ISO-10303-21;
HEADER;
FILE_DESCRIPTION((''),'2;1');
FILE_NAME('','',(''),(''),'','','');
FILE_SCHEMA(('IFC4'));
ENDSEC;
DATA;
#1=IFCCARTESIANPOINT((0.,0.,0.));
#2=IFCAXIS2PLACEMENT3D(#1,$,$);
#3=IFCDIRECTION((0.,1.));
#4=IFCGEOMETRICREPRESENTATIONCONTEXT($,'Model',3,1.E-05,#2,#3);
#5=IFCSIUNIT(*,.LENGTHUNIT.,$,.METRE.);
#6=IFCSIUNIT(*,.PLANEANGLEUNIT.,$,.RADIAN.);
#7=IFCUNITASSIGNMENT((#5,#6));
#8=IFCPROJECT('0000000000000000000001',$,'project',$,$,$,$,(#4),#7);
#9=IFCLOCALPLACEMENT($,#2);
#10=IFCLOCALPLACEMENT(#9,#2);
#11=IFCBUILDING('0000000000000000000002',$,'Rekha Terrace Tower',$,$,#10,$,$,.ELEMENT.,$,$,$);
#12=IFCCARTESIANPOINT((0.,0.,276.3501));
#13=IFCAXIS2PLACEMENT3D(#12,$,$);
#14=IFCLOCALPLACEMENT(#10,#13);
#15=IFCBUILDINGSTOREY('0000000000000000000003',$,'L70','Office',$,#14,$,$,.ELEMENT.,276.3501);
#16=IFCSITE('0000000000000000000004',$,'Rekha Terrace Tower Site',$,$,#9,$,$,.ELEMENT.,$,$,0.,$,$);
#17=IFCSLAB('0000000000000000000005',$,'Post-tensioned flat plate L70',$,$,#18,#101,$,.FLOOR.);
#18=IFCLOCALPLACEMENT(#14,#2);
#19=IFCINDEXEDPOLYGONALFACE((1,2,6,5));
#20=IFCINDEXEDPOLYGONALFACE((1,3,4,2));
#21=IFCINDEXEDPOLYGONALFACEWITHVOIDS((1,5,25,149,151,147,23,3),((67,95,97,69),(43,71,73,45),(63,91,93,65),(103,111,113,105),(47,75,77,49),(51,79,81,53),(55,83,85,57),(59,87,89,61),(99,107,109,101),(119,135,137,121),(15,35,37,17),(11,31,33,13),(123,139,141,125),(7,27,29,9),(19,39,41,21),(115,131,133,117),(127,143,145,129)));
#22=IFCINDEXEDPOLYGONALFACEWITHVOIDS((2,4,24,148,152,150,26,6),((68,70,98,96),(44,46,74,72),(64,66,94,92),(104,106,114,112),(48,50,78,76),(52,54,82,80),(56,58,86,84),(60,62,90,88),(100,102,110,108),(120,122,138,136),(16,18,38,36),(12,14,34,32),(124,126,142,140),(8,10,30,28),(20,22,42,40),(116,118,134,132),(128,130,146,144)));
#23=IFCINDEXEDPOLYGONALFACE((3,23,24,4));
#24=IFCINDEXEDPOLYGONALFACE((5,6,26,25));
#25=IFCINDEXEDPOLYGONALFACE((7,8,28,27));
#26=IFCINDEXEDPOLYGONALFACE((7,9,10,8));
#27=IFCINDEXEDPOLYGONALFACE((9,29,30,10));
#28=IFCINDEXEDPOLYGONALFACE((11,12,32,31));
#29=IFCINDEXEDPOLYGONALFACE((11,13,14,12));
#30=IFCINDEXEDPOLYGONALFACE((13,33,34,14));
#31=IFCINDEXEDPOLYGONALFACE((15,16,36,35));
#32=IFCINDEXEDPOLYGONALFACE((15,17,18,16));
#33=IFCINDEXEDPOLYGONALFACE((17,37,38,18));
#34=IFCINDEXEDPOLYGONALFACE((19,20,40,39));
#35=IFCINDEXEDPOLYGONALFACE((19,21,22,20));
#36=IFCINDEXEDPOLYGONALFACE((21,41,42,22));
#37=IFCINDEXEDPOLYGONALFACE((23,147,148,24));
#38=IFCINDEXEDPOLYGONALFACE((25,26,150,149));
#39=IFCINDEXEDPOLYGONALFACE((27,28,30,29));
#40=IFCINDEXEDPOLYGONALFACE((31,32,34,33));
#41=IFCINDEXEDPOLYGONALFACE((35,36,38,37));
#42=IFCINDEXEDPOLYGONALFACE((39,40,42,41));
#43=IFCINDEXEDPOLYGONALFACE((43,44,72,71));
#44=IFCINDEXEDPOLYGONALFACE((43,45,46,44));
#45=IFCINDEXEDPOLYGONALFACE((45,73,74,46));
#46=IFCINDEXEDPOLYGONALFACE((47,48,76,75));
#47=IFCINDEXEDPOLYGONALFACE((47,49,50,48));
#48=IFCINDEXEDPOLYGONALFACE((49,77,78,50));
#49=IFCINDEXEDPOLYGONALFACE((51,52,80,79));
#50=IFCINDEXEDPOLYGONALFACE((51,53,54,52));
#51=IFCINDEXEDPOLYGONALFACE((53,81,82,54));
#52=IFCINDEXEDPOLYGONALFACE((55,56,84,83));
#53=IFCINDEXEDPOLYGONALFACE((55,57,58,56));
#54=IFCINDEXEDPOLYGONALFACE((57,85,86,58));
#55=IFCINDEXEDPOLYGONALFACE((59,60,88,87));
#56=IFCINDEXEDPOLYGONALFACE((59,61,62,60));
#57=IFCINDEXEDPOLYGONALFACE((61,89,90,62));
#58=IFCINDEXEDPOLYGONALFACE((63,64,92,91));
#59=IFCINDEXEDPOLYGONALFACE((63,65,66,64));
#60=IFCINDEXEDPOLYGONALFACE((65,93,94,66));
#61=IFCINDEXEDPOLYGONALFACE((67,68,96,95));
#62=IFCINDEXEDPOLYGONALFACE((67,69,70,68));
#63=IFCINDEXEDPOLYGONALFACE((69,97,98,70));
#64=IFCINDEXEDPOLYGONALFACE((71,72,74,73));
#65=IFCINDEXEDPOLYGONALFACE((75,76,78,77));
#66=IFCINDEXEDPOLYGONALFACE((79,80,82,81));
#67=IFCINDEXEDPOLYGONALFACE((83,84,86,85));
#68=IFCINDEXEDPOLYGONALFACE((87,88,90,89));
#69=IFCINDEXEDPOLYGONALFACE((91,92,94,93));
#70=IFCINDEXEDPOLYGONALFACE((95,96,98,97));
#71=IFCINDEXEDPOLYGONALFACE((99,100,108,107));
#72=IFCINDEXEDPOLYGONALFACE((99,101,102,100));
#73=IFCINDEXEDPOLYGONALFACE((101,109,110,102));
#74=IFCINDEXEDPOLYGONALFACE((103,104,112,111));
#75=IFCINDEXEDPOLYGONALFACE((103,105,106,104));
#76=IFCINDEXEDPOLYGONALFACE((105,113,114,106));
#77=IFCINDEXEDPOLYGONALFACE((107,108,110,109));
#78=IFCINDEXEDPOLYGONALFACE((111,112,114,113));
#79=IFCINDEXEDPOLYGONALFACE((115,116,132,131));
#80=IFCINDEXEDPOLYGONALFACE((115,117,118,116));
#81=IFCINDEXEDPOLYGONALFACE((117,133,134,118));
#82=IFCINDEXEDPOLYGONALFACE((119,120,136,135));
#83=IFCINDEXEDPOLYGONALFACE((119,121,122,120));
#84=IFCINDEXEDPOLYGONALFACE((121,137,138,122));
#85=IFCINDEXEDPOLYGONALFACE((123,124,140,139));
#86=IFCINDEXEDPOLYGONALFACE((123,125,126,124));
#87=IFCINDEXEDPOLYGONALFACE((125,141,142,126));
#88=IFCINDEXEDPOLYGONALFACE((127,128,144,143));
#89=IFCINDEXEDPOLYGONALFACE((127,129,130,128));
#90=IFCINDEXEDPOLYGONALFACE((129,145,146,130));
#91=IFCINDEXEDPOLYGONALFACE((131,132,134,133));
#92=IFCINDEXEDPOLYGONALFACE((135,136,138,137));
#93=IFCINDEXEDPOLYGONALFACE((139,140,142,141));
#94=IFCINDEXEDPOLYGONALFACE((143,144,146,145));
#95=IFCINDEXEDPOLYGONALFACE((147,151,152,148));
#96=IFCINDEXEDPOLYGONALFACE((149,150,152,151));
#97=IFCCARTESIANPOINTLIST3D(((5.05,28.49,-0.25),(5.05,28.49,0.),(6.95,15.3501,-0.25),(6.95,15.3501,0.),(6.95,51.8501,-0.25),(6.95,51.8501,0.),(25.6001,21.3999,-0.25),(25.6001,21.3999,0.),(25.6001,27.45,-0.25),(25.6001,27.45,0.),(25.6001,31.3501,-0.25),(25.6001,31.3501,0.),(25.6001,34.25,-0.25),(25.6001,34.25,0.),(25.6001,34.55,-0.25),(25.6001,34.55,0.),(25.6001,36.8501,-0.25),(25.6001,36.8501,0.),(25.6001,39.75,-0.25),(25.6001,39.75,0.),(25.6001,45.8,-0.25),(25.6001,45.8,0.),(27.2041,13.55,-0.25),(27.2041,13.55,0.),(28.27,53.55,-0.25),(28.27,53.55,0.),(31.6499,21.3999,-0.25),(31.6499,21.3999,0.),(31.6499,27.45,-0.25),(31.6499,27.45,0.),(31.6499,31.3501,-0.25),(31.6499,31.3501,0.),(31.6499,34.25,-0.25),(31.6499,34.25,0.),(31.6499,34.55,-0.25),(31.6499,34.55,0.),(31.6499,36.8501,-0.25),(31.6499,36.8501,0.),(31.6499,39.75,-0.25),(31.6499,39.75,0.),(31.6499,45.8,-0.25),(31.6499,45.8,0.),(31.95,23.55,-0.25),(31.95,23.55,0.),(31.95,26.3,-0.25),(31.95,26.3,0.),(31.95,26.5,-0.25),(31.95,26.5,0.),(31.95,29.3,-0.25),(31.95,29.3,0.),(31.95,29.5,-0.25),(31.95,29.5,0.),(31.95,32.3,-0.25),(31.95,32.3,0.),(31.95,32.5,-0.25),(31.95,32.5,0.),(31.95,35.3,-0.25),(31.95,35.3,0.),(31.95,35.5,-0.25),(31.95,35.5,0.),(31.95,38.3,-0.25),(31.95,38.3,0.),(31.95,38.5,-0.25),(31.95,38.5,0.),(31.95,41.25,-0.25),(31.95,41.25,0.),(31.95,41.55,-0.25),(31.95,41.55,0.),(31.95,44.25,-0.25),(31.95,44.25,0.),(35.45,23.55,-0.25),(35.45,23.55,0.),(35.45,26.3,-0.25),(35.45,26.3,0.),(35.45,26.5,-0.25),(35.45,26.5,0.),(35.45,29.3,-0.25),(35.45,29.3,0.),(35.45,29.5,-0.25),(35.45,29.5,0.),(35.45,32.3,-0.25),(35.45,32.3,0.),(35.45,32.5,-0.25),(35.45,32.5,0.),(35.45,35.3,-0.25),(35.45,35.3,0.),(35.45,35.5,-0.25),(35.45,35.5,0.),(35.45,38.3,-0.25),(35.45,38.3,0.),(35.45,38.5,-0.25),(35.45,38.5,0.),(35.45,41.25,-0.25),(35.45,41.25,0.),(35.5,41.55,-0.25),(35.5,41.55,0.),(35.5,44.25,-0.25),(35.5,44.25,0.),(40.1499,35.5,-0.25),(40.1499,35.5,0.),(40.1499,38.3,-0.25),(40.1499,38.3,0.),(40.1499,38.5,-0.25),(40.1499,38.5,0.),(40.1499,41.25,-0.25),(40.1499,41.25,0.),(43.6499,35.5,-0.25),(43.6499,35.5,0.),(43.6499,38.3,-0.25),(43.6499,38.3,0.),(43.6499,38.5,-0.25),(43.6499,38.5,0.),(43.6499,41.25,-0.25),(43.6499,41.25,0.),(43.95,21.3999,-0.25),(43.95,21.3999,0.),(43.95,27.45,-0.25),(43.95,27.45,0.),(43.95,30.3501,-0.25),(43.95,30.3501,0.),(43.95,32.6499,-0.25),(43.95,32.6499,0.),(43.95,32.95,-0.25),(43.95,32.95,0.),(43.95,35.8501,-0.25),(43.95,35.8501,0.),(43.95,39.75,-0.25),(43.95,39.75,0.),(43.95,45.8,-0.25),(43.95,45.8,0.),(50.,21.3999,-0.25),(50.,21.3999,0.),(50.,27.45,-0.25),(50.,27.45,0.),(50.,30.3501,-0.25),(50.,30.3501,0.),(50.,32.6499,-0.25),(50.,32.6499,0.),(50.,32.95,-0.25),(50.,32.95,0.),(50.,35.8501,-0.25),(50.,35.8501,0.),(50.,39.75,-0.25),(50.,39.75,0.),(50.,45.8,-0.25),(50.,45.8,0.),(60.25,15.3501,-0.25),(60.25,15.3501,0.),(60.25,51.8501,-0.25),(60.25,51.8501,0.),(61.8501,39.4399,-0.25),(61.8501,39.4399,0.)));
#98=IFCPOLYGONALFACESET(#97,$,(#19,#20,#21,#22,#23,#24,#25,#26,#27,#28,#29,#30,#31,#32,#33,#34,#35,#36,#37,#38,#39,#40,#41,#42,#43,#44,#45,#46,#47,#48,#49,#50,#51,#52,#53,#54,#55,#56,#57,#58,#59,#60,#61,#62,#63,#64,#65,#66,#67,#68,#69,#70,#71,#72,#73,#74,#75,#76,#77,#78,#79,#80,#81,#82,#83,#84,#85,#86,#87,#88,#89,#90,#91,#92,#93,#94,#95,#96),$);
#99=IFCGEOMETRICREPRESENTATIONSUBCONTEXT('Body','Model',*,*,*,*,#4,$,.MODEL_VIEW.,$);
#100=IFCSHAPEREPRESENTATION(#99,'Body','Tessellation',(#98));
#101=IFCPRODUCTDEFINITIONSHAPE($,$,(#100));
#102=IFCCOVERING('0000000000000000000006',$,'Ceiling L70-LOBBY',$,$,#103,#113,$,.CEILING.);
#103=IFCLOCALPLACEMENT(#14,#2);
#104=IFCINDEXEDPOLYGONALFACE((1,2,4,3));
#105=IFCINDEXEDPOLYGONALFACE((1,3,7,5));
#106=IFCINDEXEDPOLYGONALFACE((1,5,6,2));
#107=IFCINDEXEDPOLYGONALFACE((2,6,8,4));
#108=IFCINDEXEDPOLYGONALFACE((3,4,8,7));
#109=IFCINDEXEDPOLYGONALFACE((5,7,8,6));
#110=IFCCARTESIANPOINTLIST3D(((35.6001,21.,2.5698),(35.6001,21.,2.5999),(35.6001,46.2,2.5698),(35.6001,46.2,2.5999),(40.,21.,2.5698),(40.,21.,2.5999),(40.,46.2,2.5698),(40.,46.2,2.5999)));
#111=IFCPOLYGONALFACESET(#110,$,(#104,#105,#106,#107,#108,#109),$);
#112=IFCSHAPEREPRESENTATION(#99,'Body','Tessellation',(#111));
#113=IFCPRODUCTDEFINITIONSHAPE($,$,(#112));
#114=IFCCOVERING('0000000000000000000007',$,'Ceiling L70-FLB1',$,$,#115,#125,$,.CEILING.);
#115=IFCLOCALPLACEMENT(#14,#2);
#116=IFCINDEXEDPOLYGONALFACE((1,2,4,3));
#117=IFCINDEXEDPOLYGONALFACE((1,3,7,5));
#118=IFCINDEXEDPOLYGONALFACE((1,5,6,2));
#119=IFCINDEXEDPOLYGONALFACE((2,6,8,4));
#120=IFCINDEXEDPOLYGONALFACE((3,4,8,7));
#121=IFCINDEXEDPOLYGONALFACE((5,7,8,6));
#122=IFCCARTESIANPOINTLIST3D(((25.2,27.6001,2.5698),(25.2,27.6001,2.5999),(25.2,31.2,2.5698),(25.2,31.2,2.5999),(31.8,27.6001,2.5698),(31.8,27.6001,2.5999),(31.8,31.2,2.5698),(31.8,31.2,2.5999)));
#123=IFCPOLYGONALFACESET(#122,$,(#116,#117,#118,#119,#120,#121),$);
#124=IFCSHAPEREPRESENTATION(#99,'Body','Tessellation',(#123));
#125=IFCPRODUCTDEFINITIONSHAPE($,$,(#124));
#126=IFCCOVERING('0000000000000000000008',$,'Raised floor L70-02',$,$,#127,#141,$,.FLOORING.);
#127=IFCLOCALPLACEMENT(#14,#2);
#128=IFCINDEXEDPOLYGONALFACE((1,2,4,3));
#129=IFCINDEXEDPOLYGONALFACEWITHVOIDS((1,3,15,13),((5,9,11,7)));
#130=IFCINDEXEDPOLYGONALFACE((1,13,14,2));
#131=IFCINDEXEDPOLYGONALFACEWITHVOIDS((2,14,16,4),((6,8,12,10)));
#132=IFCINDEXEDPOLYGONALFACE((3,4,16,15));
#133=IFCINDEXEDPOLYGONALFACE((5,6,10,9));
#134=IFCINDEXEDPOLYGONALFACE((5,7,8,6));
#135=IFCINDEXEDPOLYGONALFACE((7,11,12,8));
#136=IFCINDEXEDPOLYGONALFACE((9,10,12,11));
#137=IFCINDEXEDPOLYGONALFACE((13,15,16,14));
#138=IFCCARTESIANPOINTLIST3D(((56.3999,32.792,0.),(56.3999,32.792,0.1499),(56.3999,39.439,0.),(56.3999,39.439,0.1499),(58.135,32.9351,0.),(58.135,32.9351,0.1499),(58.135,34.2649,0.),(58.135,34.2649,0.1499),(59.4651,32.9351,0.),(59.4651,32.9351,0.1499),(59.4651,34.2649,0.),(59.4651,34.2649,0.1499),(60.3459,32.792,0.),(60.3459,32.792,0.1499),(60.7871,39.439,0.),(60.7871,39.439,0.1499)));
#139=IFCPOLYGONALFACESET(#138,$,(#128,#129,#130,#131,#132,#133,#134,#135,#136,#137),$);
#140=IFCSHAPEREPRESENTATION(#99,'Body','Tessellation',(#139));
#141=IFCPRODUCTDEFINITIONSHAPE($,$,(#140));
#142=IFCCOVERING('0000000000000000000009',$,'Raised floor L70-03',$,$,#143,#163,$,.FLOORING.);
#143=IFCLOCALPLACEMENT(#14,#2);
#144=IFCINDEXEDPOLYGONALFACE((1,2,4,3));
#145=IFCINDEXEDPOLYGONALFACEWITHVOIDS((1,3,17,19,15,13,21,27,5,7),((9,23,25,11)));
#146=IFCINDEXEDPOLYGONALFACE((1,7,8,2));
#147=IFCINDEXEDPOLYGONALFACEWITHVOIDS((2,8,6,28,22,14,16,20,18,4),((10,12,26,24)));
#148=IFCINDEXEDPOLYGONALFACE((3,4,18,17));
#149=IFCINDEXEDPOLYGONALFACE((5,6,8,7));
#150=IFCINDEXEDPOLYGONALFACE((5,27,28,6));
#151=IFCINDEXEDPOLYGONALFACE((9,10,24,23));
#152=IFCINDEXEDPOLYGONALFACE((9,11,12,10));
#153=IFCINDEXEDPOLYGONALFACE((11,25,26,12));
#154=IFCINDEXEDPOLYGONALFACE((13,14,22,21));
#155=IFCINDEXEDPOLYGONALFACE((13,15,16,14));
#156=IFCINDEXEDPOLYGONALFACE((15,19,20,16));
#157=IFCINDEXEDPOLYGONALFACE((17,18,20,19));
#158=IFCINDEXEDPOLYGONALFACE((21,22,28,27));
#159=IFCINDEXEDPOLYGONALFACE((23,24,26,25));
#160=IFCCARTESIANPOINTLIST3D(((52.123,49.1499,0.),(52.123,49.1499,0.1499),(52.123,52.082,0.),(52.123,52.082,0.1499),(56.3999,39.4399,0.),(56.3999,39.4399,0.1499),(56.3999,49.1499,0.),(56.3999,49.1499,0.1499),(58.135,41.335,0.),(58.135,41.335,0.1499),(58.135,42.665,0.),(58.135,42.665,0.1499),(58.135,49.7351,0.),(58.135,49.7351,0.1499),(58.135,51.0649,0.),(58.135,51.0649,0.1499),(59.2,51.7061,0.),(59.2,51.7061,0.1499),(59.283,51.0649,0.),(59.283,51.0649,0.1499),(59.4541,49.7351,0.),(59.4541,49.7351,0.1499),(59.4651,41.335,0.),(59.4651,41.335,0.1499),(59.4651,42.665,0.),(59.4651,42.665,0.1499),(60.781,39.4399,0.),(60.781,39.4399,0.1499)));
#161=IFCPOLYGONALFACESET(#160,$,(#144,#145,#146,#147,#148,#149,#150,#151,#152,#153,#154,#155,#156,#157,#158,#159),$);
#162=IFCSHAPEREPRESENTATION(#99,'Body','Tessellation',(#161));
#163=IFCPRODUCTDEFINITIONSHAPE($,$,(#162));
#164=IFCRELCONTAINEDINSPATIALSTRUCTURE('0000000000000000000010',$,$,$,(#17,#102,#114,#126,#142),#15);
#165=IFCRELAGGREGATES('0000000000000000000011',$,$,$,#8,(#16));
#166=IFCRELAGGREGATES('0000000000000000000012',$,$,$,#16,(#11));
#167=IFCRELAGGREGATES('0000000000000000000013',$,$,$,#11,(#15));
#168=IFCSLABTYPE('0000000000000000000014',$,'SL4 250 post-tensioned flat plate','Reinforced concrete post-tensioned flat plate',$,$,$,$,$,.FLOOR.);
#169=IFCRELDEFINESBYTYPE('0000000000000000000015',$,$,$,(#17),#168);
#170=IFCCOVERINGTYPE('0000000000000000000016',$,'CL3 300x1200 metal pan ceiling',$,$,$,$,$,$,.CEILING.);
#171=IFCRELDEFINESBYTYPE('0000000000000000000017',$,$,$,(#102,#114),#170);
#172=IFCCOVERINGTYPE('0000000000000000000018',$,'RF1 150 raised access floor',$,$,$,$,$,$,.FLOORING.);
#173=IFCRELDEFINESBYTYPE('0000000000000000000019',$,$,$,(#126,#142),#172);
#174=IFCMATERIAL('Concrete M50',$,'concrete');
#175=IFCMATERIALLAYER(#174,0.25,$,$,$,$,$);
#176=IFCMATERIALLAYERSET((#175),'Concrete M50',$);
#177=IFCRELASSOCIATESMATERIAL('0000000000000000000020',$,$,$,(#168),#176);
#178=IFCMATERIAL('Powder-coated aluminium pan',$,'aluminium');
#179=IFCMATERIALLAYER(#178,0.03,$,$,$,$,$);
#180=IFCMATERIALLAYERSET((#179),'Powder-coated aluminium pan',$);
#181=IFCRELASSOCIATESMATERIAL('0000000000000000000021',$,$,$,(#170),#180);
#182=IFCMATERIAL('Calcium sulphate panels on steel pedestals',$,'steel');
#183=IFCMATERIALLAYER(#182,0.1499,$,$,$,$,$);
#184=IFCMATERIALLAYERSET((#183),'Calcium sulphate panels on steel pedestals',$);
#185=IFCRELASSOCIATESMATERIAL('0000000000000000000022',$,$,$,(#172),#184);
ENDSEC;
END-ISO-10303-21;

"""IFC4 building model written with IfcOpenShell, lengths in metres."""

from ifc_helpers import new_model, si_unit, direction, frame, origin, place, context, subcontext, project, spatial, polyline, outline, extrude, material, layer, layer_set, type_object, element, save


model = new_model("IFC4")

# Units and contexts
model_context = context("Model", 3, precision=1e-05, world=origin(), true_north=direction((0.0, 1.0)))
body_context = subcontext(model_context, "Body", "Model", "MODEL_VIEW")
ifc_project = project(units=[si_unit("LENGTHUNIT", "METRE"), si_unit("PLANEANGLEUNIT", "RADIAN")], contexts=[model_context])

# Site, building, storey
site_placement = place(None, origin())
site = spatial("IfcSite", under=ifc_project, at=site_placement, Name="Rekha Terrace Tower Site", CompositionType="ELEMENT", RefElevation=0.0)
building_placement = place(site_placement, origin())
building = spatial("IfcBuilding", under=site, at=building_placement, Name="Rekha Terrace Tower", CompositionType="ELEMENT")
storey_placement = place(building_placement, frame((0.0, 0.0, 276.3501)))
storey = spatial("IfcBuildingStorey", under=building, at=storey_placement, Name="L70", Description="Office", CompositionType="ELEMENT", Elevation=276.3501)

# Slab
ifc_material_1 = material(Name="Concrete M50", Category="concrete")
ifc_layer_1 = layer(ifc_material_1, 0.25)
ifc_layer_set_1 = layer_set([ifc_layer_1], Name="Concrete M50")
slab_type_1 = type_object("IfcSlabType", Name="SL4 250 post-tensioned flat plate", Description="Reinforced concrete post-tensioned flat plate", PredefinedType="FLOOR", material=ifc_layer_set_1)
slab_1_placement = place(storey_placement, frame((0.0, 0.0, -0.25)))
element("IfcSlab", 1, at=slab_1_placement, inside=storey, type_object=slab_type_1, Name="Post-tensioned flat plate L70", PredefinedType="FLOOR", context=body_context, shape_type="SweptSolid", body=[
    extrude(outline(polyline([(5.05, 28.49), (6.95, 15.3501), (27.2041, 13.55), (60.25, 15.3501), (61.8501, 39.4399), (60.25, 51.8501), (28.27, 53.55), (6.95, 51.8501), (5.05, 28.49)]), holes=[polyline([(31.6499, 27.45), (31.6499, 21.3999), (25.6001, 21.3999), (25.6001, 27.45), (31.6499, 27.45)]), polyline([(35.45, 26.3), (35.45, 23.55), (31.95, 23.55), (31.95, 26.3), (35.45, 26.3)]), polyline([(35.45, 29.3), (35.45, 26.5), (31.95, 26.5), (31.95, 29.3), (35.45, 29.3)]), polyline([(35.45, 32.3), (35.45, 29.5), (31.95, 29.5), (31.95, 32.3), (35.45, 32.3)]), polyline([(31.6499, 34.25), (31.6499, 31.3501), (25.6001, 31.3501), (25.6001, 34.25), (31.6499, 34.25)]), polyline([(35.45, 35.3), (35.45, 32.5), (31.95, 32.5), (31.95, 35.3), (35.45, 35.3)]), polyline([(31.6499, 36.8501), (31.6499, 34.55), (25.6001, 34.55), (25.6001, 36.8501), (31.6499, 36.8501)]), polyline([(35.45, 38.3), (35.45, 35.5), (31.95, 35.5), (31.95, 38.3), (35.45, 38.3)]), polyline([(31.6499, 45.8), (31.6499, 39.75), (25.6001, 39.75), (25.6001, 45.8), (31.6499, 45.8)]), polyline([(50.0, 27.45), (50.0, 21.3999), (43.95, 21.3999), (43.95, 27.45), (50.0, 27.45)]), polyline([(50.0, 32.6499), (50.0, 30.3501), (43.95, 30.3501), (43.95, 32.6499), (50.0, 32.6499)]), polyline([(50.0, 35.8501), (50.0, 32.95), (43.95, 32.95), (43.95, 35.8501), (50.0, 35.8501)]), polyline([(43.6499, 38.3), (43.6499, 35.5), (40.1499, 35.5), (40.1499, 38.3), (43.6499, 38.3)]), polyline([(35.45, 41.25), (35.45, 38.5), (31.95, 38.5), (31.95, 41.25), (35.45, 41.25)]), polyline([(43.6499, 41.25), (43.6499, 38.5), (40.1499, 38.5), (40.1499, 41.25), (43.6499, 41.25)]), polyline([(50.0, 39.75), (43.95, 39.75), (43.95, 45.8), (50.0, 45.8), (50.0, 39.75)]), polyline([(35.5, 41.55), (31.95, 41.55), (31.95, 44.25), (35.5, 44.25), (35.5, 41.55)])]), origin(), (0.0, 0.0, 1.0), 0.25),
])

# Coverings
ifc_material_2 = material(Name="Powder-coated aluminium pan", Category="aluminium")
ifc_layer_2 = layer(ifc_material_2, 0.03)
ifc_layer_set_2 = layer_set([ifc_layer_2], Name="Powder-coated aluminium pan")
covering_type_1 = type_object("IfcCoveringType", Name="CL3 300x1200 metal pan ceiling", PredefinedType="CEILING", material=ifc_layer_set_2)
covering_1_placement = place(storey_placement, frame((0.0, 0.0, 2.5698)))
element("IfcCovering", 2, at=covering_1_placement, inside=storey, type_object=covering_type_1, Name="Ceiling L70-LOBBY", PredefinedType="CEILING", context=body_context, shape_type="SweptSolid", body=[
    extrude(outline(polyline([(40.0, 46.2), (35.6001, 46.2), (35.6001, 21.0), (40.0, 21.0), (40.0, 46.2)])), origin(), (0.0, 0.0, 1.0), 0.03),
])
covering_2_placement = place(storey_placement, frame((0.0, 0.0, 2.5698)))
element("IfcCovering", 3, at=covering_2_placement, inside=storey, type_object=covering_type_1, Name="Ceiling L70-FLB1", PredefinedType="CEILING", context=body_context, shape_type="SweptSolid", body=[
    extrude(outline(polyline([(31.8, 31.2), (25.2, 31.2), (25.2, 27.6001), (31.8, 27.6001), (31.8, 31.2)])), origin(), (0.0, 0.0, 1.0), 0.03),
])
ifc_material_3 = material(Name="Calcium sulphate panels on steel pedestals", Category="steel")
ifc_layer_3 = layer(ifc_material_3, 0.1499)
ifc_layer_set_3 = layer_set([ifc_layer_3], Name="Calcium sulphate panels on steel pedestals")
covering_type_2 = type_object("IfcCoveringType", Name="RF1 150 raised access floor", PredefinedType="FLOORING", material=ifc_layer_set_3)
covering_3_placement = place(storey_placement, origin())
element("IfcCovering", 4, at=covering_3_placement, inside=storey, type_object=covering_type_2, Name="Raised floor L70-02", PredefinedType="FLOORING", context=body_context, shape_type="SweptSolid", body=[
    extrude(outline(polyline([(56.3999, 32.792), (60.3459, 32.792), (60.7871, 39.439), (56.3999, 39.439), (56.3999, 32.792)]), holes=[polyline([(59.4651, 34.2649), (59.4651, 32.9351), (58.135, 32.9351), (58.135, 34.2649), (59.4651, 34.2649)])]), origin(), (0.0, 0.0, 1.0), 0.1499),
])
covering_4_placement = place(storey_placement, origin())
element("IfcCovering", 5, at=covering_4_placement, inside=storey, type_object=covering_type_2, Name="Raised floor L70-03", PredefinedType="FLOORING", context=body_context, shape_type="SweptSolid", body=[
    extrude(outline(polyline([(59.2, 51.7061), (52.123, 52.082), (52.123, 49.1499), (56.3999, 49.1499), (56.3999, 39.4399), (60.781, 39.4399), (59.4541, 49.7351), (58.135, 49.7351), (58.135, 51.0649), (59.283, 51.0649), (59.2, 51.7061)]), holes=[polyline([(59.4651, 41.335), (58.135, 41.335), (58.135, 42.665), (59.4651, 42.665), (59.4651, 41.335)])]), origin(), (0.0, 0.0, 1.0), 0.1499),
])

save(model, "model.ifc")
